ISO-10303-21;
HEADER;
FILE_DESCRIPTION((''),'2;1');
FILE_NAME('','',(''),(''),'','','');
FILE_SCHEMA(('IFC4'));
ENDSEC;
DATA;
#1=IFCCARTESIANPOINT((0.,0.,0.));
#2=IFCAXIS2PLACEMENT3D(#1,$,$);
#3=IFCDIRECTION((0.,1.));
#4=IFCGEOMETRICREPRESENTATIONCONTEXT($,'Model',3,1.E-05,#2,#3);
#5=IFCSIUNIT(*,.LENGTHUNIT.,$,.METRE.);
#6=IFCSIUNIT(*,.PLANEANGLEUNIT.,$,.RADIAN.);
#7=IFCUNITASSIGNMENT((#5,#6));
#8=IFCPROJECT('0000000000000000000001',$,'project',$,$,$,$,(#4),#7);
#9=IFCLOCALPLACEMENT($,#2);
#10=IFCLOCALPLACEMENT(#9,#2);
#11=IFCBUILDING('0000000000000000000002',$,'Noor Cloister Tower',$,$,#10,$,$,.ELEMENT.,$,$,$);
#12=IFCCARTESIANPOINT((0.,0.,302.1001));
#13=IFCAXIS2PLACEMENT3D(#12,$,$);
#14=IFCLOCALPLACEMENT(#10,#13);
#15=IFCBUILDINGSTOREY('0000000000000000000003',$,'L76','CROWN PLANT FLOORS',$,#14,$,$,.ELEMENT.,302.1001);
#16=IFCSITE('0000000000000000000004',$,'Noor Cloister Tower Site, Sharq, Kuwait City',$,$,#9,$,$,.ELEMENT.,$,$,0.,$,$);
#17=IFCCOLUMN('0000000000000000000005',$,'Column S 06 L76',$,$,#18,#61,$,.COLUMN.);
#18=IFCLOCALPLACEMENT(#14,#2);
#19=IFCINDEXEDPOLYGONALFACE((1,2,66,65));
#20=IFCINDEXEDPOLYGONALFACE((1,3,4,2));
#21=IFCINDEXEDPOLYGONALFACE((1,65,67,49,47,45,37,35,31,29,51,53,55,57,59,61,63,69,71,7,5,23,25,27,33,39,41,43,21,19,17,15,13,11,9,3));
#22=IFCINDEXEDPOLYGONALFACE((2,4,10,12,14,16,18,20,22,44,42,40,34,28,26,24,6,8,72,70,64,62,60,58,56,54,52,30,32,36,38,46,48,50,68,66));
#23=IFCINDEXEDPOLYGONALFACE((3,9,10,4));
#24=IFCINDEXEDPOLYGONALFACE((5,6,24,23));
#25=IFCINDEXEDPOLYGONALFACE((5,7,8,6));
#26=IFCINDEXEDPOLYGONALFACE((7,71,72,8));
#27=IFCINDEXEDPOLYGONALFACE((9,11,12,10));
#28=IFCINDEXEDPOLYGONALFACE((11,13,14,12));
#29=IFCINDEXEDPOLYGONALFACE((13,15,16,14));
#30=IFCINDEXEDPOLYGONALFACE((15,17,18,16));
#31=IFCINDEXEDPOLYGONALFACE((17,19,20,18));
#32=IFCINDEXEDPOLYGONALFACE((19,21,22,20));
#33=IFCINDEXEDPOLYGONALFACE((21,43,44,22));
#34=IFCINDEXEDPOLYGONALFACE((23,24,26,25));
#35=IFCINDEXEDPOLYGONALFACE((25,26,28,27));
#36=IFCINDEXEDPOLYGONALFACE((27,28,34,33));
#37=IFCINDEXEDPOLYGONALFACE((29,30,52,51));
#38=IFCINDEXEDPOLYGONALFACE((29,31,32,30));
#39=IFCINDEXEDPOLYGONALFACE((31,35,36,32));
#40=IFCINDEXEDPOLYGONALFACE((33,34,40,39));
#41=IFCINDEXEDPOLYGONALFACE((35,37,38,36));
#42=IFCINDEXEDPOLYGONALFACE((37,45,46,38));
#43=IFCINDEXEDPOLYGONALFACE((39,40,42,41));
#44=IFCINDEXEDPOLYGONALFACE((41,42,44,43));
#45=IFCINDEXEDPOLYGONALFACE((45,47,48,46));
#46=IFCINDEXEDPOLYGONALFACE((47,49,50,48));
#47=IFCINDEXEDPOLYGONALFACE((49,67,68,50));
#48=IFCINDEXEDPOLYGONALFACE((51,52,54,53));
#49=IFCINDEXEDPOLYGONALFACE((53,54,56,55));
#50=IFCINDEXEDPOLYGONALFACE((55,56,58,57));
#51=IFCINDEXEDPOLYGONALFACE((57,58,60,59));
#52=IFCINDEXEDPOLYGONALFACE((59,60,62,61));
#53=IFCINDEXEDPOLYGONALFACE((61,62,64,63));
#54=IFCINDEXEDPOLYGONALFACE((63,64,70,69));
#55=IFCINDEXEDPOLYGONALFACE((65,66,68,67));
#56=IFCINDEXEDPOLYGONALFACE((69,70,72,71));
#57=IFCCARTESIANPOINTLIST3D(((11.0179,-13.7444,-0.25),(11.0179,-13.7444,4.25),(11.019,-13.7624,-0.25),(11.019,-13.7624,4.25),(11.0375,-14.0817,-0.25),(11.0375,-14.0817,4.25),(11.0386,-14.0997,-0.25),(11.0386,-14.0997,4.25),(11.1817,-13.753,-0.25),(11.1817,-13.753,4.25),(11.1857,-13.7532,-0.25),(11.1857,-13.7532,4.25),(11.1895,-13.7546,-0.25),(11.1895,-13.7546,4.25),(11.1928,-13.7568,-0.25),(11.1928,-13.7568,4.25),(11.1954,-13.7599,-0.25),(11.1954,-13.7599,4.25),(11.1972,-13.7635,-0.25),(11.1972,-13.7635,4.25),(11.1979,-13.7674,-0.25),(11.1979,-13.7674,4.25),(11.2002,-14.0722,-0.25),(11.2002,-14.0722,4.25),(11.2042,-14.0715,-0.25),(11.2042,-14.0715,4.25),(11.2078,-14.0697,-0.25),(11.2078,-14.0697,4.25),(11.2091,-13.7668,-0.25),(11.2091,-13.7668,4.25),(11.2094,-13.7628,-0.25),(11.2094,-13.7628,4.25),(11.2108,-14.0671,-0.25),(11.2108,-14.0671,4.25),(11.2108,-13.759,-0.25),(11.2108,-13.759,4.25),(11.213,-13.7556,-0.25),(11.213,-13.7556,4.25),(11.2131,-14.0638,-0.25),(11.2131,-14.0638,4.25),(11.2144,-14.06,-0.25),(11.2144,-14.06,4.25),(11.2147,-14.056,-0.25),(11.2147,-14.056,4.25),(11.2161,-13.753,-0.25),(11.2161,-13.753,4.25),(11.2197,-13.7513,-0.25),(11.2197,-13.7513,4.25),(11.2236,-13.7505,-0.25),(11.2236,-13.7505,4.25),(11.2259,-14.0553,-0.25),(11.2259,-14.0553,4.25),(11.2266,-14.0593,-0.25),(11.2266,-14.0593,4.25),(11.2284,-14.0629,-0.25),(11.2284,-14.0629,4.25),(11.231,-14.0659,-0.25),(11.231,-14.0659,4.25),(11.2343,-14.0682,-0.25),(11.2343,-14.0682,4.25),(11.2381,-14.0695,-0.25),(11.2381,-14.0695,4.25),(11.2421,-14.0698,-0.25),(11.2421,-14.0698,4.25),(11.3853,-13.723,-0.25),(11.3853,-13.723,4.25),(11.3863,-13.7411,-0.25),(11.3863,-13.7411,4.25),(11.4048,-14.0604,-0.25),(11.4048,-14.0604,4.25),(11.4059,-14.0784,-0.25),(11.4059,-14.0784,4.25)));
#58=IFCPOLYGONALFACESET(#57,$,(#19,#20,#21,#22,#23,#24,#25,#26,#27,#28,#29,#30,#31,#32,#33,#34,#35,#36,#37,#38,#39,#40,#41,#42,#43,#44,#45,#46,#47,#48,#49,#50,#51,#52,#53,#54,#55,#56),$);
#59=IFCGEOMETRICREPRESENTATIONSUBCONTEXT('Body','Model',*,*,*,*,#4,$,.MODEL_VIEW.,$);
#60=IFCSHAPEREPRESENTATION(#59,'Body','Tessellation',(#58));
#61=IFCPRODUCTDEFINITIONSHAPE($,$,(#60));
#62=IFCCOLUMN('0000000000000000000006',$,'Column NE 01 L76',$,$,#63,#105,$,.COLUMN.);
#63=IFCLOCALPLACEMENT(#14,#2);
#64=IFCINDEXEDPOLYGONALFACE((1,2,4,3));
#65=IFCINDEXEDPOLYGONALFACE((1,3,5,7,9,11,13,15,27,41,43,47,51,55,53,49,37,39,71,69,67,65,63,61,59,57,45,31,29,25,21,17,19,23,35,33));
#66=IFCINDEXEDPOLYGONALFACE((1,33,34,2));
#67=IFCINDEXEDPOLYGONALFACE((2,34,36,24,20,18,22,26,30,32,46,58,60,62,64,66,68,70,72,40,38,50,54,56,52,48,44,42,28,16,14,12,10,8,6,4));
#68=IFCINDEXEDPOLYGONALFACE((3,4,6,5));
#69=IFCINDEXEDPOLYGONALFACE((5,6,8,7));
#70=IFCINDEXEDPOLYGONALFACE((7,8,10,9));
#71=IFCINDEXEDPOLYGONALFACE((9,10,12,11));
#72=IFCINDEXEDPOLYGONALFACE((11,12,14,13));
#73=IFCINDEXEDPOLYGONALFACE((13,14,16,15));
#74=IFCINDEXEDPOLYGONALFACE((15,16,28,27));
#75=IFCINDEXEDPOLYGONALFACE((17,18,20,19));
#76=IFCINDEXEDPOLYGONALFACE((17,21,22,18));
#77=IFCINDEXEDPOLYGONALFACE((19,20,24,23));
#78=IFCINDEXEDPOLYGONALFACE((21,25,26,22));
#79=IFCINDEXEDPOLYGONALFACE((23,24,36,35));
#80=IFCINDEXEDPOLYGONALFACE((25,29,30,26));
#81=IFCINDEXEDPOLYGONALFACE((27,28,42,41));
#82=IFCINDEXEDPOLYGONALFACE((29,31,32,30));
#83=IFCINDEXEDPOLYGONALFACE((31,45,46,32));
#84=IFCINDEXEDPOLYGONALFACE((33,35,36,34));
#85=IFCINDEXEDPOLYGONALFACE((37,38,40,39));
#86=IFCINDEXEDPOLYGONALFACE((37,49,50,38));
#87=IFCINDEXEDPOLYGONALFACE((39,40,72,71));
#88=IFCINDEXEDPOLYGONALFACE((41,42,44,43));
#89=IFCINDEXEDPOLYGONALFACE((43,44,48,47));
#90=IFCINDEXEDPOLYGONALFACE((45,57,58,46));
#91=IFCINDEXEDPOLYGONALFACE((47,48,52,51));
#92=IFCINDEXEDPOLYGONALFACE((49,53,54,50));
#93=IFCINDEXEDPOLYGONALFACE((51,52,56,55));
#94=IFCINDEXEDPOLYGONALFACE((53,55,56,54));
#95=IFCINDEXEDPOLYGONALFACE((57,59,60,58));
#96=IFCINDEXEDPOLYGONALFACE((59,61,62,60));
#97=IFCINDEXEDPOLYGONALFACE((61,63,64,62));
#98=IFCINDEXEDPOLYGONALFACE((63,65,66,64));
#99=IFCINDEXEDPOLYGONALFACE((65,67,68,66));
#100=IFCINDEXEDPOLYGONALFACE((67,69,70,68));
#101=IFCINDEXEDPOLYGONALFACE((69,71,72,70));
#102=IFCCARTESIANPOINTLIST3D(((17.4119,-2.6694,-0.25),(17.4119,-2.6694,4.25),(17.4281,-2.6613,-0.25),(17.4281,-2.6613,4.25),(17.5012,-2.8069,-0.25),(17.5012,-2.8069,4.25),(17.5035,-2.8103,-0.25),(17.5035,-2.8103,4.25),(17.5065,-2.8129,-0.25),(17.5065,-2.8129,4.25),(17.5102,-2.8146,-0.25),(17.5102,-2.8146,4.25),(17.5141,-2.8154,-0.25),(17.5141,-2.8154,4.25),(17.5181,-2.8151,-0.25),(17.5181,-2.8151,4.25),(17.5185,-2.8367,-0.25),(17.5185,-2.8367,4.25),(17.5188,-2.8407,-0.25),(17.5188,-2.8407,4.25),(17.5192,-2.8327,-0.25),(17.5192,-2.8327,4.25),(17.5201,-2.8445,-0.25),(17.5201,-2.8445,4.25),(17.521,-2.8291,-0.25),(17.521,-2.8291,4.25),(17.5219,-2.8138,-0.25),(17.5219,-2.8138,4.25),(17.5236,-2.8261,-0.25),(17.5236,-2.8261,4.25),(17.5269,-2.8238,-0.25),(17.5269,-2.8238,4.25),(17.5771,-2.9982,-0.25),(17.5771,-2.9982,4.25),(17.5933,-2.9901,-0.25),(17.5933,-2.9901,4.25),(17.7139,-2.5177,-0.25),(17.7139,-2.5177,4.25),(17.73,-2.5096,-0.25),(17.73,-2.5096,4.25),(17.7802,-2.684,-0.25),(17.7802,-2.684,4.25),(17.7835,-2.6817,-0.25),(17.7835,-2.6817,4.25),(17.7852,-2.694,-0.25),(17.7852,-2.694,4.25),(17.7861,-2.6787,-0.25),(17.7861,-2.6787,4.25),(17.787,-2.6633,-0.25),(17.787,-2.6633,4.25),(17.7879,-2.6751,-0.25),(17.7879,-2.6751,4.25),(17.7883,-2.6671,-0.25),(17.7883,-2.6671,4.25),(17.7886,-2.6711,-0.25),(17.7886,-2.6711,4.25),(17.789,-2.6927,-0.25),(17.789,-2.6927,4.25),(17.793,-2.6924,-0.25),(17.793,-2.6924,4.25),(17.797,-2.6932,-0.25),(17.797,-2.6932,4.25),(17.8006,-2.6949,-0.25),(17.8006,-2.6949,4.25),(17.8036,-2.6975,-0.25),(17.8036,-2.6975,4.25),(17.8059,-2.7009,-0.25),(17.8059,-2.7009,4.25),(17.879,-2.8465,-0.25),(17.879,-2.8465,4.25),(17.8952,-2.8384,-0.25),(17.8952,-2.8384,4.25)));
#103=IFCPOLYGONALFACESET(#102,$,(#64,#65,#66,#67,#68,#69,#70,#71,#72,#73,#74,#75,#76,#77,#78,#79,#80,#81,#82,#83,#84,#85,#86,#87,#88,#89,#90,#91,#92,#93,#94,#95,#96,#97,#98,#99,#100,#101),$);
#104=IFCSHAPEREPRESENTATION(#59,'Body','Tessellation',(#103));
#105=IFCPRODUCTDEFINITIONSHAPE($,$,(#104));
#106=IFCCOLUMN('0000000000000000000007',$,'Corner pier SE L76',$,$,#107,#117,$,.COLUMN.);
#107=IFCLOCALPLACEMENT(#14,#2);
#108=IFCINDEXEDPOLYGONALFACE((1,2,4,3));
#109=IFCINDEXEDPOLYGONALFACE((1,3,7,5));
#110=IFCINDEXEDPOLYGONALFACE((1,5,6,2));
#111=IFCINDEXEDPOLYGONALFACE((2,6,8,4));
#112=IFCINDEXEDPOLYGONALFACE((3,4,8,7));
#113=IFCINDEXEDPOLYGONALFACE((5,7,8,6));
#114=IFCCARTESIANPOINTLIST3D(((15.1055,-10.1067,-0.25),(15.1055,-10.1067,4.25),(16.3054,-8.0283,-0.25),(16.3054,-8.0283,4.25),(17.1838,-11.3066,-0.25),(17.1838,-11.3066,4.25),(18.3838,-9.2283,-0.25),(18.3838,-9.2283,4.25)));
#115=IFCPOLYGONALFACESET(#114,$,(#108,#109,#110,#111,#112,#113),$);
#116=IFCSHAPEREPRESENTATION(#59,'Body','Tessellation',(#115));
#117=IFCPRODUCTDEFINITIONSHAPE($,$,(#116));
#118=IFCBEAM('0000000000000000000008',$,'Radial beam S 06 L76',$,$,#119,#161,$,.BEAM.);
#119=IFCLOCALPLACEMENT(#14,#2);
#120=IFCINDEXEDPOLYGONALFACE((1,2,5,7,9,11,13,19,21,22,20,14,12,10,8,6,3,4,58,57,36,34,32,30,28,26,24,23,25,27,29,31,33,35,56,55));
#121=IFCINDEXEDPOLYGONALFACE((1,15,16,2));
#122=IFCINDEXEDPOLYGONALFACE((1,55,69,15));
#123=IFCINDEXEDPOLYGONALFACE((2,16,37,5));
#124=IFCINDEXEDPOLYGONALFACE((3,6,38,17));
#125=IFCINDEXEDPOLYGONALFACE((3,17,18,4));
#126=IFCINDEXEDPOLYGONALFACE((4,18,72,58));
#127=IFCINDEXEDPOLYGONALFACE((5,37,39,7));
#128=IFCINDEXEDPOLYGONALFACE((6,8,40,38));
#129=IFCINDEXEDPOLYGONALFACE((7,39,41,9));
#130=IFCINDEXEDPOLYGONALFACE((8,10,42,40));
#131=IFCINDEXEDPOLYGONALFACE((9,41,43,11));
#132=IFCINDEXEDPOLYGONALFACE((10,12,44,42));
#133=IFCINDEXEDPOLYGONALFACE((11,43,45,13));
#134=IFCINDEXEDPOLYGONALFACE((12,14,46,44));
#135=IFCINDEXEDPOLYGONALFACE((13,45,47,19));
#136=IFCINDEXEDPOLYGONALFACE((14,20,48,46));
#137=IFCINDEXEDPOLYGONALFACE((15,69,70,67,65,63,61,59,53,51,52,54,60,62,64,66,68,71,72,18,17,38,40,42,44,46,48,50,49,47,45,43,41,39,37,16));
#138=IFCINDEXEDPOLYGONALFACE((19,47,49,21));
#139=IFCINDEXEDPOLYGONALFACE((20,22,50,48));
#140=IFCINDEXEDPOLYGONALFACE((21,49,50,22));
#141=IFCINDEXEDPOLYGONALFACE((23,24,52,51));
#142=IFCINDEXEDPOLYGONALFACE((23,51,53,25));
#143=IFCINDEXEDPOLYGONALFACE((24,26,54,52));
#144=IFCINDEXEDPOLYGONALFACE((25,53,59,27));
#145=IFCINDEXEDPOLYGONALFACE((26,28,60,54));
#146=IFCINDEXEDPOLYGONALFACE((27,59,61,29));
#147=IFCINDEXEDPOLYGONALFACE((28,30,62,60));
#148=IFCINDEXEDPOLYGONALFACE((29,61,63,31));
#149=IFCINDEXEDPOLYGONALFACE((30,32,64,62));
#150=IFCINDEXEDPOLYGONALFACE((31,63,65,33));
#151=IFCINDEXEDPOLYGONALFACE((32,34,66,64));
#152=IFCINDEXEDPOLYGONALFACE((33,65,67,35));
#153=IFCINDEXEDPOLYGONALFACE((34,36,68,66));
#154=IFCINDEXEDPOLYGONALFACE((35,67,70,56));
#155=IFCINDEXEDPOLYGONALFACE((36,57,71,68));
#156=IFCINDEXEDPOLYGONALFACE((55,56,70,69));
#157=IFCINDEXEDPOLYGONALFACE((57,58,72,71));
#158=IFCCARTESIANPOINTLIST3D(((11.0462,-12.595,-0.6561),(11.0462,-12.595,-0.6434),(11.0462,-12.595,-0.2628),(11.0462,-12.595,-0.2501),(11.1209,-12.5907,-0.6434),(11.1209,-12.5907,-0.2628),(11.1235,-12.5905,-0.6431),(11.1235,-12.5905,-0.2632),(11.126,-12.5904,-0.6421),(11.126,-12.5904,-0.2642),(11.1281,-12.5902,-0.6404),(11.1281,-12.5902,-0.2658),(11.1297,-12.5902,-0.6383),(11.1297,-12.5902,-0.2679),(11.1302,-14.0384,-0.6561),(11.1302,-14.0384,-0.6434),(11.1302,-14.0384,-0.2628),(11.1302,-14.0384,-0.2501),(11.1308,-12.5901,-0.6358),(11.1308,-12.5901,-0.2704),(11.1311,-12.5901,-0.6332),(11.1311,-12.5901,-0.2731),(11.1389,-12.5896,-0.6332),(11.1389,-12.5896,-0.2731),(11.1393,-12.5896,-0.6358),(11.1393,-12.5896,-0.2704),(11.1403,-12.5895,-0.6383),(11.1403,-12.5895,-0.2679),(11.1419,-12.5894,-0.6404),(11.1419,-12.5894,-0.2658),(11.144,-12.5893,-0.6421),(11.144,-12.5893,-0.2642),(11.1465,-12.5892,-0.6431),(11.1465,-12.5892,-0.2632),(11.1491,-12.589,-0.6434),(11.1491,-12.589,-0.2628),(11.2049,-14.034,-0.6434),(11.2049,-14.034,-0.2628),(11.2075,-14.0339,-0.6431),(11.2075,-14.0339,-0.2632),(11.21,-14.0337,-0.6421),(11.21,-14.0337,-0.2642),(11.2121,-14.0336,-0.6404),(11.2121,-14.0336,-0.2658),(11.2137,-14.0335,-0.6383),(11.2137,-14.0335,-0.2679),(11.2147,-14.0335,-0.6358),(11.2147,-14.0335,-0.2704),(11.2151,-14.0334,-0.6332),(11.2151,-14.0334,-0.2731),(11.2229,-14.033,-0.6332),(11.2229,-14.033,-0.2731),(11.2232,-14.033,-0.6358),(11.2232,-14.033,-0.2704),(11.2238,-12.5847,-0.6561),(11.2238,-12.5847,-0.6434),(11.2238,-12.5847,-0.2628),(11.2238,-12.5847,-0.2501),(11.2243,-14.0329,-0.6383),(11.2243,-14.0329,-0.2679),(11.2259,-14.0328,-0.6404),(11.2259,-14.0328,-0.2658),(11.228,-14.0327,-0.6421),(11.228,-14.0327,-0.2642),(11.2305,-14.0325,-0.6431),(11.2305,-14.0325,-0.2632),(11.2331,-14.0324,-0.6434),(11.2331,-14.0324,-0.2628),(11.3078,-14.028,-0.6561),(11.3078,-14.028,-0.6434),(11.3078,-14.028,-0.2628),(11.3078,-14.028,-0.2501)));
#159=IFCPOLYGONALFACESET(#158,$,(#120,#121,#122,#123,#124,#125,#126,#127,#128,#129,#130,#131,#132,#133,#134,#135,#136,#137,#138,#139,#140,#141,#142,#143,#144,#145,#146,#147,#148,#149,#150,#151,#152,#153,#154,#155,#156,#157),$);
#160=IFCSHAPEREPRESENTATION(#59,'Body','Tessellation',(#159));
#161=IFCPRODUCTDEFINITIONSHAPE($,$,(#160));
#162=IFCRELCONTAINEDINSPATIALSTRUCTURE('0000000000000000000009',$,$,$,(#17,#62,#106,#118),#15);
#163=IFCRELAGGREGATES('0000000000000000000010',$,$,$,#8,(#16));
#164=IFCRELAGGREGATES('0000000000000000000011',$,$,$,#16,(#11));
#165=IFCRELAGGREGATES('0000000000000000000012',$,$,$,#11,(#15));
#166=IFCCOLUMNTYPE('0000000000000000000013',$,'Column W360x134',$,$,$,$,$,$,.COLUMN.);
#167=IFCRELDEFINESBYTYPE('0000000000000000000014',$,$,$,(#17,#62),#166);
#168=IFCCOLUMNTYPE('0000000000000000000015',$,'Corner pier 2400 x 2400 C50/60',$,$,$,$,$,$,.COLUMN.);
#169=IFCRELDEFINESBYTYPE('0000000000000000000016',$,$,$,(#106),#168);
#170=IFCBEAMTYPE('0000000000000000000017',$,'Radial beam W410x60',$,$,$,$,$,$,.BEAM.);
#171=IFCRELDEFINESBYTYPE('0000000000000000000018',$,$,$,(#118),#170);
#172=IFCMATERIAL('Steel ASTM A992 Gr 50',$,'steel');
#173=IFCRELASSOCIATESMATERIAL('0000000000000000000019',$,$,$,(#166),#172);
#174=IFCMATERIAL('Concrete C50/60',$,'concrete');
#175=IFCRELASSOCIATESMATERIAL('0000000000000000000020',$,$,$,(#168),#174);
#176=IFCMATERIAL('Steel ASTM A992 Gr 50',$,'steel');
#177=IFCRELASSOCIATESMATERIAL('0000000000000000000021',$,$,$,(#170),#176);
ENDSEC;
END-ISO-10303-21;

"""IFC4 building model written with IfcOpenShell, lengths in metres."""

from ifc_helpers import new_model, si_unit, direction, frame, origin, origin_2d, place, context, subcontext, project, spatial, rectangle, i_section, extrude, material, material_profile, profile_set, type_object, element, save


model = new_model("IFC4")

# Units and contexts
model_context = context("Model", 3, precision=1e-05, world=origin(), true_north=direction((0.0, 1.0)))
body_context = subcontext(model_context, "Body", "Model", "MODEL_VIEW")
ifc_project = project(units=[si_unit("LENGTHUNIT", "METRE"), si_unit("PLANEANGLEUNIT", "RADIAN")], contexts=[model_context])

# Site, building, storey
site_placement = place(None, origin())
site = spatial("IfcSite", under=ifc_project, at=site_placement, Name="Noor Cloister Tower Site, Sharq, Kuwait City", CompositionType="ELEMENT", RefElevation=0.0)
building_placement = place(site_placement, origin())
building = spatial("IfcBuilding", under=site, at=building_placement, Name="Noor Cloister Tower", CompositionType="ELEMENT")
storey_placement = place(building_placement, frame((0.0, 0.0, 302.1001)))
storey = spatial("IfcBuildingStorey", under=building, at=storey_placement, Name="L76", Description="CROWN PLANT FLOORS", CompositionType="ELEMENT", Elevation=302.1001)

# Columns
ifc_material_1 = material(Name="Steel ASTM A992 Gr 50", Category="steel")
ifc_material_profile_1 = material_profile(ifc_material_1, i_section(OverallWidth=0.3679, OverallDepth=0.356, WebThickness=0.0112, FlangeThickness=0.0181, FilletRadius=0.0154, at=origin_2d()), Name="W360x134")
ifc_profile_set_1 = profile_set([ifc_material_profile_1], Name="Steel ASTM A992 Gr 50")
column_type_1 = type_object("IfcColumnType", Name="Column W360x134", PredefinedType="COLUMN", material=ifc_profile_set_1)
for number, where, z_axis, x_axis, name in (
    (1, (11.2119, -13.9114, -0.25), (0.0, 0.0, 1.0), (0.99832, 0.057948, 0.0), "Column S 06 L76"),
    (2, (17.6536, -2.7539, -0.25), (0.0, 0.0, 1.0), (-0.448975, 0.893544, 0.0), "Column NE 01 L76"),
):
    element("IfcColumn", number, at=place(storey_placement, frame(where, z_axis=z_axis, x_axis=x_axis)), inside=storey, type_object=column_type_1, Name=name, PredefinedType="COLUMN", context=body_context, shape_type="SweptSolid", body=[
        extrude(i_section(OverallWidth=0.3679, OverallDepth=0.356, WebThickness=0.0112, FlangeThickness=0.0181, FilletRadius=0.0154, at=origin_2d()), origin(), (0.0, 0.0, 1.0), 4.5),
    ])
ifc_material_2 = material(Name="Concrete C50/60", Category="concrete")
ifc_material_profile_2 = material_profile(ifc_material_2, rectangle(XDim=2.3999, YDim=2.3999, at=origin_2d()), Name="RC 2400x2400")
ifc_profile_set_2 = profile_set([ifc_material_profile_2], Name="Concrete C50/60")
column_type_2 = type_object("IfcColumnType", Name="Corner pier 2400 x 2400 C50/60", PredefinedType="COLUMN", material=ifc_profile_set_2)
column_placement = place(storey_placement, frame((16.7446, -9.6675, -0.25), z_axis=(0.0, 0.0, 1.0), x_axis=(0.866025, -0.5, 0.0)))
element("IfcColumn", 3, at=column_placement, inside=storey, type_object=column_type_2, Name="Corner pier SE L76", PredefinedType="COLUMN", context=body_context, shape_type="SweptSolid", body=[
    extrude(rectangle(XDim=2.3999, YDim=2.3999, at=origin_2d()), origin(), (0.0, 0.0, 1.0), 4.5),
])

# Beam
ifc_material_3 = material(Name="Steel ASTM A992 Gr 50", Category="steel")
ifc_material_profile_3 = material_profile(ifc_material_3, i_section(OverallWidth=0.178, OverallDepth=0.406, WebThickness=0.0078, FlangeThickness=0.0127, FilletRadius=0.0103, at=origin_2d()), Name="W410x60")
ifc_profile_set_3 = profile_set([ifc_material_profile_3], Name="Steel ASTM A992 Gr 50")
beam_type_1 = type_object("IfcBeamType", Name="Radial beam W410x60", PredefinedType="BEAM", material=ifc_profile_set_3)
beam_1_placement = place(storey_placement, frame((11.219, -14.0332, -0.4531), z_axis=(-0.058088, 0.998311, 0.0), x_axis=(-0.998311, -0.058088, 0.0)))
element("IfcBeam", 4, at=beam_1_placement, inside=storey, type_object=beam_type_1, Name="Radial beam S 06 L76", PredefinedType="BEAM", context=body_context, shape_type="SweptSolid", body=[
    extrude(i_section(OverallWidth=0.178, OverallDepth=0.406, WebThickness=0.0078, FlangeThickness=0.0127, FilletRadius=0.0103, at=origin_2d()), origin(), (0.0, 0.0, 1.0), 1.4458),
])

save(model, "model.ifc")
